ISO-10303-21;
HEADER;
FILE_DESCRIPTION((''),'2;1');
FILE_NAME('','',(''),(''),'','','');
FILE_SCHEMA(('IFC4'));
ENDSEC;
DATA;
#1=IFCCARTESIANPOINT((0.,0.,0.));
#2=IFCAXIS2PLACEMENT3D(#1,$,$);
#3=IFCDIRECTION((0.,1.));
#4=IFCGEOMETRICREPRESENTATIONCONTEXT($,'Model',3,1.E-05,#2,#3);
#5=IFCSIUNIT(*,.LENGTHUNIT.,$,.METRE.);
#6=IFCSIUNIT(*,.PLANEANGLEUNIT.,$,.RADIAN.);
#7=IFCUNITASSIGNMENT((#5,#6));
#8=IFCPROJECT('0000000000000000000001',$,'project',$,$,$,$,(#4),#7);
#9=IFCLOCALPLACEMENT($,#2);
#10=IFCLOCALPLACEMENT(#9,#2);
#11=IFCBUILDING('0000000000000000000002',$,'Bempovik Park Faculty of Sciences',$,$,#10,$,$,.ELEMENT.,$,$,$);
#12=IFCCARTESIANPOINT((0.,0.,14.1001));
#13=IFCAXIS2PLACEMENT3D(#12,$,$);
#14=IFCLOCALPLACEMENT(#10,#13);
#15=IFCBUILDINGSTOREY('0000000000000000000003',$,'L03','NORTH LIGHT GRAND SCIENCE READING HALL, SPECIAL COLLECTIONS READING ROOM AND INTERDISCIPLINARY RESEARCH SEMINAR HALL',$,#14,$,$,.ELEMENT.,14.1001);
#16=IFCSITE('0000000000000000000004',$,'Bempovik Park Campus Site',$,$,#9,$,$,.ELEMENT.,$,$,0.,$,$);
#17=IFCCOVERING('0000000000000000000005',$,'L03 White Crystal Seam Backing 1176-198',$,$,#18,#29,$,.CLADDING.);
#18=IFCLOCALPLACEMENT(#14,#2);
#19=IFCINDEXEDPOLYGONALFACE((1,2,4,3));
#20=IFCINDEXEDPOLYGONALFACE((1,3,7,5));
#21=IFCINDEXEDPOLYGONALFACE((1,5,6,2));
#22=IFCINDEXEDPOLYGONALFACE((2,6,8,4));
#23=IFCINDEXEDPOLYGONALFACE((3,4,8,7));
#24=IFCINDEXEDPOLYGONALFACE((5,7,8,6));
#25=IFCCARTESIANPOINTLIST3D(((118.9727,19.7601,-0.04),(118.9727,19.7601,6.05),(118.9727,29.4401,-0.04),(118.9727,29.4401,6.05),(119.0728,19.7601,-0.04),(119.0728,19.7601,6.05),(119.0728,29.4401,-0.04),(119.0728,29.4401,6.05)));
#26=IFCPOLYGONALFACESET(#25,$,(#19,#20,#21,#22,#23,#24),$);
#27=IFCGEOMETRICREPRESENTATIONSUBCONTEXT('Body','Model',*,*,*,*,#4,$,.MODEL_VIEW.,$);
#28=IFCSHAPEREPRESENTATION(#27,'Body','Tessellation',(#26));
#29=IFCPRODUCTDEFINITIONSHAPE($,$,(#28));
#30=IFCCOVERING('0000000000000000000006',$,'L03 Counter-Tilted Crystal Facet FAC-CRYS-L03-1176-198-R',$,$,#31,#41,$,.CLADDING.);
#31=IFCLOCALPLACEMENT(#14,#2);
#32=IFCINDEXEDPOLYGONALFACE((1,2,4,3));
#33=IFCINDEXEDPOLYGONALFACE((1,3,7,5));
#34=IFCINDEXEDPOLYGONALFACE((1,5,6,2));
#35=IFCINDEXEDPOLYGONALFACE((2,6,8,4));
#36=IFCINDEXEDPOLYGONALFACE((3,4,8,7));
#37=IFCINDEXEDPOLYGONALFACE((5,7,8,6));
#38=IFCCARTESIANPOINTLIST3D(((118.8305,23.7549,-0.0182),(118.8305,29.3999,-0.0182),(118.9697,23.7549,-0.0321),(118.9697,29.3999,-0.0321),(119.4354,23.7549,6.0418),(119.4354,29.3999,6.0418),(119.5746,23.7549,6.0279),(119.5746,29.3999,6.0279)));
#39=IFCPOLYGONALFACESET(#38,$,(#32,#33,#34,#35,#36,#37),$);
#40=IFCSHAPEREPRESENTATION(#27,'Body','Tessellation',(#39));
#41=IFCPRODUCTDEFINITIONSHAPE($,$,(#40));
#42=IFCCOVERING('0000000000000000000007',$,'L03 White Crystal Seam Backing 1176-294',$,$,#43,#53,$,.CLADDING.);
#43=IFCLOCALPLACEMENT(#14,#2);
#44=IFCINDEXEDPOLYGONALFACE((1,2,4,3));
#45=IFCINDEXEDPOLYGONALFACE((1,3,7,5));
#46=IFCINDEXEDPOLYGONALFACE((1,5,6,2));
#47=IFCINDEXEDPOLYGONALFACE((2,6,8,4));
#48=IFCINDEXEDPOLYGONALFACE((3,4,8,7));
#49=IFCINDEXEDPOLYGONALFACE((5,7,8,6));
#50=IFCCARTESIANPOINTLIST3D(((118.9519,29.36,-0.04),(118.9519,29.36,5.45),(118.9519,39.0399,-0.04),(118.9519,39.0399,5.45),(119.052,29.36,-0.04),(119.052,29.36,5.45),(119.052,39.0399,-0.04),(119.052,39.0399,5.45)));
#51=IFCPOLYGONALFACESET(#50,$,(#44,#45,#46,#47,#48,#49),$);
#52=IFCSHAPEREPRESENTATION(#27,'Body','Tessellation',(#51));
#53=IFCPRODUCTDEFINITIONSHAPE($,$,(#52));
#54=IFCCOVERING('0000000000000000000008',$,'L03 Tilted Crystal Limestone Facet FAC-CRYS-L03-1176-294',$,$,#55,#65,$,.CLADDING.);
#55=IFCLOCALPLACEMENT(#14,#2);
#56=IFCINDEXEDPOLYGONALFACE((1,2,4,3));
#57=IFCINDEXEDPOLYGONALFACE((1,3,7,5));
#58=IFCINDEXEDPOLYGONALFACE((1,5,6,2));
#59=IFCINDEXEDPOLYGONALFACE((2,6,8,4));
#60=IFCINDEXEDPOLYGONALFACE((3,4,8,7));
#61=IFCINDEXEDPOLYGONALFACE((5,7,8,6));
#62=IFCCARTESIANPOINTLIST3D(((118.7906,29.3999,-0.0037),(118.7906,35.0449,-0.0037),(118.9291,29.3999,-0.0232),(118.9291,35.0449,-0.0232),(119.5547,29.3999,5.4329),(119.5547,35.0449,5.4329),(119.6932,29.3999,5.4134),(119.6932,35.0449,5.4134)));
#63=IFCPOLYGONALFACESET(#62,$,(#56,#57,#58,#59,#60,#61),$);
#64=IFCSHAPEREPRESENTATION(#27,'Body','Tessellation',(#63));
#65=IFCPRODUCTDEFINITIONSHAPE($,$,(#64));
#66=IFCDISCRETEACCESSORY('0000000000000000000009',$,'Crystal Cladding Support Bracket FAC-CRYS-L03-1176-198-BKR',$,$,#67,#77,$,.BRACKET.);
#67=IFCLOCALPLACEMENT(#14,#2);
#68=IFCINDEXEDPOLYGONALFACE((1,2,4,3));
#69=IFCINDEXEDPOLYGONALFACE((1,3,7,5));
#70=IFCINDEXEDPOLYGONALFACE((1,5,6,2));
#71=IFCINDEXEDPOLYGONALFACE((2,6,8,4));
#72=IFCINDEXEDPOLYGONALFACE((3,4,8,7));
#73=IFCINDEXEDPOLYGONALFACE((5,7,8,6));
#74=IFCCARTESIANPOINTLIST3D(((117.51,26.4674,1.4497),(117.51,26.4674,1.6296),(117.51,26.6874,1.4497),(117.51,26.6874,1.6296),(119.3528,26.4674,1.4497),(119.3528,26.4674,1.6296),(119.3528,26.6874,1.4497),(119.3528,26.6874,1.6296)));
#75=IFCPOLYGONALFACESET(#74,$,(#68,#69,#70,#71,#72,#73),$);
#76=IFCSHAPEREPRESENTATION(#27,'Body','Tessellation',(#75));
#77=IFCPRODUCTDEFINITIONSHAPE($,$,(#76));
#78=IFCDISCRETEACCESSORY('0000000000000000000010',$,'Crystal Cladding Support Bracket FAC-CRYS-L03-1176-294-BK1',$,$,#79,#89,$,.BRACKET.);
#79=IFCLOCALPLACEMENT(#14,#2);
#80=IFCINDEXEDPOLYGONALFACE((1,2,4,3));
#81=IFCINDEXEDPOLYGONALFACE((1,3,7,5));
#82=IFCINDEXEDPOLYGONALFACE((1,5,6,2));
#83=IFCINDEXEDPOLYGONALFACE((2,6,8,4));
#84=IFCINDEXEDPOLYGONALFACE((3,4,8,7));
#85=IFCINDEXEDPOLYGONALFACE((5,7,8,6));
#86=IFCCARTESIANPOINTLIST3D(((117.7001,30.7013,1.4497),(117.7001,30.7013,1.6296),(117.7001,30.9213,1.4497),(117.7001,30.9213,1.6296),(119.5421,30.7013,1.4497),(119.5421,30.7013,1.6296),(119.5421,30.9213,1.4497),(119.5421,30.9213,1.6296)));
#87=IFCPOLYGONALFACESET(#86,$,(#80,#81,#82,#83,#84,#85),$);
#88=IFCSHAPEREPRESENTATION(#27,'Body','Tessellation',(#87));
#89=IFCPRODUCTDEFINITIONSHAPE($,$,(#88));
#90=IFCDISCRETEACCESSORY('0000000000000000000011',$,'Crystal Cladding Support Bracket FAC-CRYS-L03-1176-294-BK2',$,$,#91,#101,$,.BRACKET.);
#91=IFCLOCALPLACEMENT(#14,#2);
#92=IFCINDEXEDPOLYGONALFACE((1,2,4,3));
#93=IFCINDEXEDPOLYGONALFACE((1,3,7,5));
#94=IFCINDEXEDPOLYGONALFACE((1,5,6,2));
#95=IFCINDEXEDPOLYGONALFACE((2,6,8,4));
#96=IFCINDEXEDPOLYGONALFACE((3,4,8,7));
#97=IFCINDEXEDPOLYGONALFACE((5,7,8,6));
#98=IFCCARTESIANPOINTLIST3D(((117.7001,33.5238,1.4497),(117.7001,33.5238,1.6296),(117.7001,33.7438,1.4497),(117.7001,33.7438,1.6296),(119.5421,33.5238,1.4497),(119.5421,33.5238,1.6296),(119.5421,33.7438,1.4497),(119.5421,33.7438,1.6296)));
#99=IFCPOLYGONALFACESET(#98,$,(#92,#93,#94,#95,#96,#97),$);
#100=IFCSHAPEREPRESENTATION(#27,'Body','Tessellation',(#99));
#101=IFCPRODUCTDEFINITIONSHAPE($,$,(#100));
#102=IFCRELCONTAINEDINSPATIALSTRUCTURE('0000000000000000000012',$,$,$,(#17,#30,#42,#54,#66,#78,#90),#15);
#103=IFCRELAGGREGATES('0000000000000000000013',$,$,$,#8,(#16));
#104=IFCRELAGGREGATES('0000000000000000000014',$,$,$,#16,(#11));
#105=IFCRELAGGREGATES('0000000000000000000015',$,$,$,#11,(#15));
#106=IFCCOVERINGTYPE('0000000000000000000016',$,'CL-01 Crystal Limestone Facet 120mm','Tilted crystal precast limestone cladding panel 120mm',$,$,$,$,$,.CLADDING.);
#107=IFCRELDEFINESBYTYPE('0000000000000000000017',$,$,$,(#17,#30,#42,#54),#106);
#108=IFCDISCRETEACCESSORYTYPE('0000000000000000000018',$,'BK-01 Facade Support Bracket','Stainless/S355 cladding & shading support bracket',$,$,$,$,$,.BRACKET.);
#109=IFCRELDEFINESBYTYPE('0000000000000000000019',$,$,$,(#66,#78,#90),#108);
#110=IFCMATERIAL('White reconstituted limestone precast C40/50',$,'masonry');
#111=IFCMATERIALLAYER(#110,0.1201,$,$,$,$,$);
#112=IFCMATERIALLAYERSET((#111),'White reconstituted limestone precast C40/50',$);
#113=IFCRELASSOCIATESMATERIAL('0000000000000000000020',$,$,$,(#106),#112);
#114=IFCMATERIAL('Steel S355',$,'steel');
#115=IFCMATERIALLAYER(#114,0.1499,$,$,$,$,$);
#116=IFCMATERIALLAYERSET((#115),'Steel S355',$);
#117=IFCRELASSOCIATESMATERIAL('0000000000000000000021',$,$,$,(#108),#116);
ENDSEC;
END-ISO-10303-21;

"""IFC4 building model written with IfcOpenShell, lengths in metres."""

from ifc_helpers import new_model, si_unit, direction, frame, origin, origin_2d, place, context, subcontext, project, spatial, rectangle, extrude, material, layer, layer_set, type_object, element, save


model = new_model("IFC4")

# Units and contexts
model_context = context("Model", 3, precision=1e-05, world=origin(), true_north=direction((0.0, 1.0)))
body_context = subcontext(model_context, "Body", "Model", "MODEL_VIEW")
ifc_project = project(units=[si_unit("LENGTHUNIT", "METRE"), si_unit("PLANEANGLEUNIT", "RADIAN")], contexts=[model_context])

# Site, building, storey
site_placement = place(None, origin())
site = spatial("IfcSite", under=ifc_project, at=site_placement, Name="Bempovik Park Campus Site", CompositionType="ELEMENT", RefElevation=0.0)
building_placement = place(site_placement, origin())
building = spatial("IfcBuilding", under=site, at=building_placement, Name="Bempovik Park Faculty of Sciences", CompositionType="ELEMENT")
storey_placement = place(building_placement, frame((0.0, 0.0, 14.1001)))
storey = spatial("IfcBuildingStorey", under=building, at=storey_placement, Name="L03", Description="NORTH LIGHT GRAND SCIENCE READING HALL, SPECIAL COLLECTIONS READING ROOM AND INTERDISCIPLINARY RESEARCH SEMINAR HALL", CompositionType="ELEMENT", Elevation=14.1001)

# Shared definitions
ifc_material_1 = material(Name="Steel S355", Category="steel")

# Coverings
ifc_material_2 = material(Name="White reconstituted limestone precast C40/50", Category="masonry")
ifc_layer_1 = layer(ifc_material_2, 0.1201)
ifc_layer_set_1 = layer_set([ifc_layer_1], Name="White reconstituted limestone precast C40/50")
covering_type = type_object("IfcCoveringType", Name="CL-01 Crystal Limestone Facet 120mm", Description="Tilted crystal precast limestone cladding panel 120mm", PredefinedType="CLADDING", material=ifc_layer_set_1)
covering_1_placement = place(storey_placement, frame((119.0227, 24.6001, -0.04), z_axis=(0.0, 0.0, 1.0), x_axis=(1.0, 0.0, 0.0)))
element("IfcCovering", 1, at=covering_1_placement, inside=storey, type_object=covering_type, Name="L03 White Crystal Seam Backing 1176-198", PredefinedType="CLADDING", context=body_context, shape_type="SweptSolid", body=[
    extrude(rectangle(XDim=0.1001, YDim=9.6799, at=origin_2d()), origin(), (0.0, 0.0, 1.0), 6.0901),
])
covering_2_placement = place(storey_placement, frame((118.9001, 26.5774, -0.0251), z_axis=(0.09932, 0.0, 0.995056), x_axis=(0.0, 1.0, 0.0)))
element("IfcCovering", 2, at=covering_2_placement, inside=storey, type_object=covering_type, Name="L03 Counter-Tilted Crystal Facet FAC-CRYS-L03-1176-198-R", PredefinedType="CLADDING", context=body_context, shape_type="SweptSolid", body=[
    extrude(rectangle(XDim=5.645, YDim=0.1399, at=origin_2d()), origin(), (0.0, 0.0, 1.0), 6.0901),
])
covering_3_placement = place(storey_placement, frame((119.002, 34.2, -0.04), z_axis=(0.0, 0.0, 1.0), x_axis=(1.0, 0.0, 0.0)))
element("IfcCovering", 3, at=covering_3_placement, inside=storey, type_object=covering_type, Name="L03 White Crystal Seam Backing 1176-294", PredefinedType="CLADDING", context=body_context, shape_type="SweptSolid", body=[
    extrude(rectangle(XDim=0.1001, YDim=9.6799, at=origin_2d()), origin(), (0.0, 0.0, 1.0), 5.49),
])
covering_4_placement = place(storey_placement, frame((118.8599, 32.2224, -0.0134), z_axis=(0.139173, 0.0, 0.990268), x_axis=(0.0, 1.0, 0.0)))
element("IfcCovering", 4, at=covering_4_placement, inside=storey, type_object=covering_type, Name="L03 Tilted Crystal Limestone Facet FAC-CRYS-L03-1176-294", PredefinedType="CLADDING", context=body_context, shape_type="SweptSolid", body=[
    extrude(rectangle(XDim=5.645, YDim=0.1399, at=origin_2d()), origin(), (0.0, 0.0, 1.0), 5.49),
])

# Discrete accessories
ifc_layer_2 = layer(ifc_material_1, 0.1499)
ifc_layer_set_2 = layer_set([ifc_layer_2], Name="Steel S355")
discrete_accessory_type = type_object("IfcDiscreteAccessoryType", Name="BK-01 Facade Support Bracket", Description="Stainless/S355 cladding & shading support bracket", PredefinedType="BRACKET", material=ifc_layer_set_2)
discrete_accessory_placement = place(storey_placement, frame((118.4314, 26.5774, 1.4497), z_axis=(0.0, 0.0, 1.0), x_axis=(1.0, 0.0, 0.0)))
element("IfcDiscreteAccessory", 5, at=discrete_accessory_placement, inside=storey, type_object=discrete_accessory_type, Name="Crystal Cladding Support Bracket FAC-CRYS-L03-1176-198-BKR", PredefinedType="BRACKET", context=body_context, shape_type="SweptSolid", body=[
    extrude(rectangle(XDim=1.8428, YDim=0.22, at=origin_2d()), origin(), (0.0, 0.0, 1.0), 0.1799),
])
for number, where, z_axis, x_axis, name in (
    (6, (118.6211, 30.8113, 1.4497), (0.0, 0.0, 1.0), (1.0, 0.0, 0.0), "Crystal Cladding Support Bracket FAC-CRYS-L03-1176-294-BK1"),
    (7, (118.6211, 33.6338, 1.4497), (0.0, 0.0, 1.0), (1.0, 0.0, 0.0), "Crystal Cladding Support Bracket FAC-CRYS-L03-1176-294-BK2"),
):
    element("IfcDiscreteAccessory", number, at=place(storey_placement, frame(where, z_axis=z_axis, x_axis=x_axis)), inside=storey, type_object=discrete_accessory_type, Name=name, PredefinedType="BRACKET", context=body_context, shape_type="SweptSolid", body=[
        extrude(rectangle(XDim=1.842, YDim=0.22, at=origin_2d()), origin(), (0.0, 0.0, 1.0), 0.1799),
    ])

save(model, "model.ifc")
